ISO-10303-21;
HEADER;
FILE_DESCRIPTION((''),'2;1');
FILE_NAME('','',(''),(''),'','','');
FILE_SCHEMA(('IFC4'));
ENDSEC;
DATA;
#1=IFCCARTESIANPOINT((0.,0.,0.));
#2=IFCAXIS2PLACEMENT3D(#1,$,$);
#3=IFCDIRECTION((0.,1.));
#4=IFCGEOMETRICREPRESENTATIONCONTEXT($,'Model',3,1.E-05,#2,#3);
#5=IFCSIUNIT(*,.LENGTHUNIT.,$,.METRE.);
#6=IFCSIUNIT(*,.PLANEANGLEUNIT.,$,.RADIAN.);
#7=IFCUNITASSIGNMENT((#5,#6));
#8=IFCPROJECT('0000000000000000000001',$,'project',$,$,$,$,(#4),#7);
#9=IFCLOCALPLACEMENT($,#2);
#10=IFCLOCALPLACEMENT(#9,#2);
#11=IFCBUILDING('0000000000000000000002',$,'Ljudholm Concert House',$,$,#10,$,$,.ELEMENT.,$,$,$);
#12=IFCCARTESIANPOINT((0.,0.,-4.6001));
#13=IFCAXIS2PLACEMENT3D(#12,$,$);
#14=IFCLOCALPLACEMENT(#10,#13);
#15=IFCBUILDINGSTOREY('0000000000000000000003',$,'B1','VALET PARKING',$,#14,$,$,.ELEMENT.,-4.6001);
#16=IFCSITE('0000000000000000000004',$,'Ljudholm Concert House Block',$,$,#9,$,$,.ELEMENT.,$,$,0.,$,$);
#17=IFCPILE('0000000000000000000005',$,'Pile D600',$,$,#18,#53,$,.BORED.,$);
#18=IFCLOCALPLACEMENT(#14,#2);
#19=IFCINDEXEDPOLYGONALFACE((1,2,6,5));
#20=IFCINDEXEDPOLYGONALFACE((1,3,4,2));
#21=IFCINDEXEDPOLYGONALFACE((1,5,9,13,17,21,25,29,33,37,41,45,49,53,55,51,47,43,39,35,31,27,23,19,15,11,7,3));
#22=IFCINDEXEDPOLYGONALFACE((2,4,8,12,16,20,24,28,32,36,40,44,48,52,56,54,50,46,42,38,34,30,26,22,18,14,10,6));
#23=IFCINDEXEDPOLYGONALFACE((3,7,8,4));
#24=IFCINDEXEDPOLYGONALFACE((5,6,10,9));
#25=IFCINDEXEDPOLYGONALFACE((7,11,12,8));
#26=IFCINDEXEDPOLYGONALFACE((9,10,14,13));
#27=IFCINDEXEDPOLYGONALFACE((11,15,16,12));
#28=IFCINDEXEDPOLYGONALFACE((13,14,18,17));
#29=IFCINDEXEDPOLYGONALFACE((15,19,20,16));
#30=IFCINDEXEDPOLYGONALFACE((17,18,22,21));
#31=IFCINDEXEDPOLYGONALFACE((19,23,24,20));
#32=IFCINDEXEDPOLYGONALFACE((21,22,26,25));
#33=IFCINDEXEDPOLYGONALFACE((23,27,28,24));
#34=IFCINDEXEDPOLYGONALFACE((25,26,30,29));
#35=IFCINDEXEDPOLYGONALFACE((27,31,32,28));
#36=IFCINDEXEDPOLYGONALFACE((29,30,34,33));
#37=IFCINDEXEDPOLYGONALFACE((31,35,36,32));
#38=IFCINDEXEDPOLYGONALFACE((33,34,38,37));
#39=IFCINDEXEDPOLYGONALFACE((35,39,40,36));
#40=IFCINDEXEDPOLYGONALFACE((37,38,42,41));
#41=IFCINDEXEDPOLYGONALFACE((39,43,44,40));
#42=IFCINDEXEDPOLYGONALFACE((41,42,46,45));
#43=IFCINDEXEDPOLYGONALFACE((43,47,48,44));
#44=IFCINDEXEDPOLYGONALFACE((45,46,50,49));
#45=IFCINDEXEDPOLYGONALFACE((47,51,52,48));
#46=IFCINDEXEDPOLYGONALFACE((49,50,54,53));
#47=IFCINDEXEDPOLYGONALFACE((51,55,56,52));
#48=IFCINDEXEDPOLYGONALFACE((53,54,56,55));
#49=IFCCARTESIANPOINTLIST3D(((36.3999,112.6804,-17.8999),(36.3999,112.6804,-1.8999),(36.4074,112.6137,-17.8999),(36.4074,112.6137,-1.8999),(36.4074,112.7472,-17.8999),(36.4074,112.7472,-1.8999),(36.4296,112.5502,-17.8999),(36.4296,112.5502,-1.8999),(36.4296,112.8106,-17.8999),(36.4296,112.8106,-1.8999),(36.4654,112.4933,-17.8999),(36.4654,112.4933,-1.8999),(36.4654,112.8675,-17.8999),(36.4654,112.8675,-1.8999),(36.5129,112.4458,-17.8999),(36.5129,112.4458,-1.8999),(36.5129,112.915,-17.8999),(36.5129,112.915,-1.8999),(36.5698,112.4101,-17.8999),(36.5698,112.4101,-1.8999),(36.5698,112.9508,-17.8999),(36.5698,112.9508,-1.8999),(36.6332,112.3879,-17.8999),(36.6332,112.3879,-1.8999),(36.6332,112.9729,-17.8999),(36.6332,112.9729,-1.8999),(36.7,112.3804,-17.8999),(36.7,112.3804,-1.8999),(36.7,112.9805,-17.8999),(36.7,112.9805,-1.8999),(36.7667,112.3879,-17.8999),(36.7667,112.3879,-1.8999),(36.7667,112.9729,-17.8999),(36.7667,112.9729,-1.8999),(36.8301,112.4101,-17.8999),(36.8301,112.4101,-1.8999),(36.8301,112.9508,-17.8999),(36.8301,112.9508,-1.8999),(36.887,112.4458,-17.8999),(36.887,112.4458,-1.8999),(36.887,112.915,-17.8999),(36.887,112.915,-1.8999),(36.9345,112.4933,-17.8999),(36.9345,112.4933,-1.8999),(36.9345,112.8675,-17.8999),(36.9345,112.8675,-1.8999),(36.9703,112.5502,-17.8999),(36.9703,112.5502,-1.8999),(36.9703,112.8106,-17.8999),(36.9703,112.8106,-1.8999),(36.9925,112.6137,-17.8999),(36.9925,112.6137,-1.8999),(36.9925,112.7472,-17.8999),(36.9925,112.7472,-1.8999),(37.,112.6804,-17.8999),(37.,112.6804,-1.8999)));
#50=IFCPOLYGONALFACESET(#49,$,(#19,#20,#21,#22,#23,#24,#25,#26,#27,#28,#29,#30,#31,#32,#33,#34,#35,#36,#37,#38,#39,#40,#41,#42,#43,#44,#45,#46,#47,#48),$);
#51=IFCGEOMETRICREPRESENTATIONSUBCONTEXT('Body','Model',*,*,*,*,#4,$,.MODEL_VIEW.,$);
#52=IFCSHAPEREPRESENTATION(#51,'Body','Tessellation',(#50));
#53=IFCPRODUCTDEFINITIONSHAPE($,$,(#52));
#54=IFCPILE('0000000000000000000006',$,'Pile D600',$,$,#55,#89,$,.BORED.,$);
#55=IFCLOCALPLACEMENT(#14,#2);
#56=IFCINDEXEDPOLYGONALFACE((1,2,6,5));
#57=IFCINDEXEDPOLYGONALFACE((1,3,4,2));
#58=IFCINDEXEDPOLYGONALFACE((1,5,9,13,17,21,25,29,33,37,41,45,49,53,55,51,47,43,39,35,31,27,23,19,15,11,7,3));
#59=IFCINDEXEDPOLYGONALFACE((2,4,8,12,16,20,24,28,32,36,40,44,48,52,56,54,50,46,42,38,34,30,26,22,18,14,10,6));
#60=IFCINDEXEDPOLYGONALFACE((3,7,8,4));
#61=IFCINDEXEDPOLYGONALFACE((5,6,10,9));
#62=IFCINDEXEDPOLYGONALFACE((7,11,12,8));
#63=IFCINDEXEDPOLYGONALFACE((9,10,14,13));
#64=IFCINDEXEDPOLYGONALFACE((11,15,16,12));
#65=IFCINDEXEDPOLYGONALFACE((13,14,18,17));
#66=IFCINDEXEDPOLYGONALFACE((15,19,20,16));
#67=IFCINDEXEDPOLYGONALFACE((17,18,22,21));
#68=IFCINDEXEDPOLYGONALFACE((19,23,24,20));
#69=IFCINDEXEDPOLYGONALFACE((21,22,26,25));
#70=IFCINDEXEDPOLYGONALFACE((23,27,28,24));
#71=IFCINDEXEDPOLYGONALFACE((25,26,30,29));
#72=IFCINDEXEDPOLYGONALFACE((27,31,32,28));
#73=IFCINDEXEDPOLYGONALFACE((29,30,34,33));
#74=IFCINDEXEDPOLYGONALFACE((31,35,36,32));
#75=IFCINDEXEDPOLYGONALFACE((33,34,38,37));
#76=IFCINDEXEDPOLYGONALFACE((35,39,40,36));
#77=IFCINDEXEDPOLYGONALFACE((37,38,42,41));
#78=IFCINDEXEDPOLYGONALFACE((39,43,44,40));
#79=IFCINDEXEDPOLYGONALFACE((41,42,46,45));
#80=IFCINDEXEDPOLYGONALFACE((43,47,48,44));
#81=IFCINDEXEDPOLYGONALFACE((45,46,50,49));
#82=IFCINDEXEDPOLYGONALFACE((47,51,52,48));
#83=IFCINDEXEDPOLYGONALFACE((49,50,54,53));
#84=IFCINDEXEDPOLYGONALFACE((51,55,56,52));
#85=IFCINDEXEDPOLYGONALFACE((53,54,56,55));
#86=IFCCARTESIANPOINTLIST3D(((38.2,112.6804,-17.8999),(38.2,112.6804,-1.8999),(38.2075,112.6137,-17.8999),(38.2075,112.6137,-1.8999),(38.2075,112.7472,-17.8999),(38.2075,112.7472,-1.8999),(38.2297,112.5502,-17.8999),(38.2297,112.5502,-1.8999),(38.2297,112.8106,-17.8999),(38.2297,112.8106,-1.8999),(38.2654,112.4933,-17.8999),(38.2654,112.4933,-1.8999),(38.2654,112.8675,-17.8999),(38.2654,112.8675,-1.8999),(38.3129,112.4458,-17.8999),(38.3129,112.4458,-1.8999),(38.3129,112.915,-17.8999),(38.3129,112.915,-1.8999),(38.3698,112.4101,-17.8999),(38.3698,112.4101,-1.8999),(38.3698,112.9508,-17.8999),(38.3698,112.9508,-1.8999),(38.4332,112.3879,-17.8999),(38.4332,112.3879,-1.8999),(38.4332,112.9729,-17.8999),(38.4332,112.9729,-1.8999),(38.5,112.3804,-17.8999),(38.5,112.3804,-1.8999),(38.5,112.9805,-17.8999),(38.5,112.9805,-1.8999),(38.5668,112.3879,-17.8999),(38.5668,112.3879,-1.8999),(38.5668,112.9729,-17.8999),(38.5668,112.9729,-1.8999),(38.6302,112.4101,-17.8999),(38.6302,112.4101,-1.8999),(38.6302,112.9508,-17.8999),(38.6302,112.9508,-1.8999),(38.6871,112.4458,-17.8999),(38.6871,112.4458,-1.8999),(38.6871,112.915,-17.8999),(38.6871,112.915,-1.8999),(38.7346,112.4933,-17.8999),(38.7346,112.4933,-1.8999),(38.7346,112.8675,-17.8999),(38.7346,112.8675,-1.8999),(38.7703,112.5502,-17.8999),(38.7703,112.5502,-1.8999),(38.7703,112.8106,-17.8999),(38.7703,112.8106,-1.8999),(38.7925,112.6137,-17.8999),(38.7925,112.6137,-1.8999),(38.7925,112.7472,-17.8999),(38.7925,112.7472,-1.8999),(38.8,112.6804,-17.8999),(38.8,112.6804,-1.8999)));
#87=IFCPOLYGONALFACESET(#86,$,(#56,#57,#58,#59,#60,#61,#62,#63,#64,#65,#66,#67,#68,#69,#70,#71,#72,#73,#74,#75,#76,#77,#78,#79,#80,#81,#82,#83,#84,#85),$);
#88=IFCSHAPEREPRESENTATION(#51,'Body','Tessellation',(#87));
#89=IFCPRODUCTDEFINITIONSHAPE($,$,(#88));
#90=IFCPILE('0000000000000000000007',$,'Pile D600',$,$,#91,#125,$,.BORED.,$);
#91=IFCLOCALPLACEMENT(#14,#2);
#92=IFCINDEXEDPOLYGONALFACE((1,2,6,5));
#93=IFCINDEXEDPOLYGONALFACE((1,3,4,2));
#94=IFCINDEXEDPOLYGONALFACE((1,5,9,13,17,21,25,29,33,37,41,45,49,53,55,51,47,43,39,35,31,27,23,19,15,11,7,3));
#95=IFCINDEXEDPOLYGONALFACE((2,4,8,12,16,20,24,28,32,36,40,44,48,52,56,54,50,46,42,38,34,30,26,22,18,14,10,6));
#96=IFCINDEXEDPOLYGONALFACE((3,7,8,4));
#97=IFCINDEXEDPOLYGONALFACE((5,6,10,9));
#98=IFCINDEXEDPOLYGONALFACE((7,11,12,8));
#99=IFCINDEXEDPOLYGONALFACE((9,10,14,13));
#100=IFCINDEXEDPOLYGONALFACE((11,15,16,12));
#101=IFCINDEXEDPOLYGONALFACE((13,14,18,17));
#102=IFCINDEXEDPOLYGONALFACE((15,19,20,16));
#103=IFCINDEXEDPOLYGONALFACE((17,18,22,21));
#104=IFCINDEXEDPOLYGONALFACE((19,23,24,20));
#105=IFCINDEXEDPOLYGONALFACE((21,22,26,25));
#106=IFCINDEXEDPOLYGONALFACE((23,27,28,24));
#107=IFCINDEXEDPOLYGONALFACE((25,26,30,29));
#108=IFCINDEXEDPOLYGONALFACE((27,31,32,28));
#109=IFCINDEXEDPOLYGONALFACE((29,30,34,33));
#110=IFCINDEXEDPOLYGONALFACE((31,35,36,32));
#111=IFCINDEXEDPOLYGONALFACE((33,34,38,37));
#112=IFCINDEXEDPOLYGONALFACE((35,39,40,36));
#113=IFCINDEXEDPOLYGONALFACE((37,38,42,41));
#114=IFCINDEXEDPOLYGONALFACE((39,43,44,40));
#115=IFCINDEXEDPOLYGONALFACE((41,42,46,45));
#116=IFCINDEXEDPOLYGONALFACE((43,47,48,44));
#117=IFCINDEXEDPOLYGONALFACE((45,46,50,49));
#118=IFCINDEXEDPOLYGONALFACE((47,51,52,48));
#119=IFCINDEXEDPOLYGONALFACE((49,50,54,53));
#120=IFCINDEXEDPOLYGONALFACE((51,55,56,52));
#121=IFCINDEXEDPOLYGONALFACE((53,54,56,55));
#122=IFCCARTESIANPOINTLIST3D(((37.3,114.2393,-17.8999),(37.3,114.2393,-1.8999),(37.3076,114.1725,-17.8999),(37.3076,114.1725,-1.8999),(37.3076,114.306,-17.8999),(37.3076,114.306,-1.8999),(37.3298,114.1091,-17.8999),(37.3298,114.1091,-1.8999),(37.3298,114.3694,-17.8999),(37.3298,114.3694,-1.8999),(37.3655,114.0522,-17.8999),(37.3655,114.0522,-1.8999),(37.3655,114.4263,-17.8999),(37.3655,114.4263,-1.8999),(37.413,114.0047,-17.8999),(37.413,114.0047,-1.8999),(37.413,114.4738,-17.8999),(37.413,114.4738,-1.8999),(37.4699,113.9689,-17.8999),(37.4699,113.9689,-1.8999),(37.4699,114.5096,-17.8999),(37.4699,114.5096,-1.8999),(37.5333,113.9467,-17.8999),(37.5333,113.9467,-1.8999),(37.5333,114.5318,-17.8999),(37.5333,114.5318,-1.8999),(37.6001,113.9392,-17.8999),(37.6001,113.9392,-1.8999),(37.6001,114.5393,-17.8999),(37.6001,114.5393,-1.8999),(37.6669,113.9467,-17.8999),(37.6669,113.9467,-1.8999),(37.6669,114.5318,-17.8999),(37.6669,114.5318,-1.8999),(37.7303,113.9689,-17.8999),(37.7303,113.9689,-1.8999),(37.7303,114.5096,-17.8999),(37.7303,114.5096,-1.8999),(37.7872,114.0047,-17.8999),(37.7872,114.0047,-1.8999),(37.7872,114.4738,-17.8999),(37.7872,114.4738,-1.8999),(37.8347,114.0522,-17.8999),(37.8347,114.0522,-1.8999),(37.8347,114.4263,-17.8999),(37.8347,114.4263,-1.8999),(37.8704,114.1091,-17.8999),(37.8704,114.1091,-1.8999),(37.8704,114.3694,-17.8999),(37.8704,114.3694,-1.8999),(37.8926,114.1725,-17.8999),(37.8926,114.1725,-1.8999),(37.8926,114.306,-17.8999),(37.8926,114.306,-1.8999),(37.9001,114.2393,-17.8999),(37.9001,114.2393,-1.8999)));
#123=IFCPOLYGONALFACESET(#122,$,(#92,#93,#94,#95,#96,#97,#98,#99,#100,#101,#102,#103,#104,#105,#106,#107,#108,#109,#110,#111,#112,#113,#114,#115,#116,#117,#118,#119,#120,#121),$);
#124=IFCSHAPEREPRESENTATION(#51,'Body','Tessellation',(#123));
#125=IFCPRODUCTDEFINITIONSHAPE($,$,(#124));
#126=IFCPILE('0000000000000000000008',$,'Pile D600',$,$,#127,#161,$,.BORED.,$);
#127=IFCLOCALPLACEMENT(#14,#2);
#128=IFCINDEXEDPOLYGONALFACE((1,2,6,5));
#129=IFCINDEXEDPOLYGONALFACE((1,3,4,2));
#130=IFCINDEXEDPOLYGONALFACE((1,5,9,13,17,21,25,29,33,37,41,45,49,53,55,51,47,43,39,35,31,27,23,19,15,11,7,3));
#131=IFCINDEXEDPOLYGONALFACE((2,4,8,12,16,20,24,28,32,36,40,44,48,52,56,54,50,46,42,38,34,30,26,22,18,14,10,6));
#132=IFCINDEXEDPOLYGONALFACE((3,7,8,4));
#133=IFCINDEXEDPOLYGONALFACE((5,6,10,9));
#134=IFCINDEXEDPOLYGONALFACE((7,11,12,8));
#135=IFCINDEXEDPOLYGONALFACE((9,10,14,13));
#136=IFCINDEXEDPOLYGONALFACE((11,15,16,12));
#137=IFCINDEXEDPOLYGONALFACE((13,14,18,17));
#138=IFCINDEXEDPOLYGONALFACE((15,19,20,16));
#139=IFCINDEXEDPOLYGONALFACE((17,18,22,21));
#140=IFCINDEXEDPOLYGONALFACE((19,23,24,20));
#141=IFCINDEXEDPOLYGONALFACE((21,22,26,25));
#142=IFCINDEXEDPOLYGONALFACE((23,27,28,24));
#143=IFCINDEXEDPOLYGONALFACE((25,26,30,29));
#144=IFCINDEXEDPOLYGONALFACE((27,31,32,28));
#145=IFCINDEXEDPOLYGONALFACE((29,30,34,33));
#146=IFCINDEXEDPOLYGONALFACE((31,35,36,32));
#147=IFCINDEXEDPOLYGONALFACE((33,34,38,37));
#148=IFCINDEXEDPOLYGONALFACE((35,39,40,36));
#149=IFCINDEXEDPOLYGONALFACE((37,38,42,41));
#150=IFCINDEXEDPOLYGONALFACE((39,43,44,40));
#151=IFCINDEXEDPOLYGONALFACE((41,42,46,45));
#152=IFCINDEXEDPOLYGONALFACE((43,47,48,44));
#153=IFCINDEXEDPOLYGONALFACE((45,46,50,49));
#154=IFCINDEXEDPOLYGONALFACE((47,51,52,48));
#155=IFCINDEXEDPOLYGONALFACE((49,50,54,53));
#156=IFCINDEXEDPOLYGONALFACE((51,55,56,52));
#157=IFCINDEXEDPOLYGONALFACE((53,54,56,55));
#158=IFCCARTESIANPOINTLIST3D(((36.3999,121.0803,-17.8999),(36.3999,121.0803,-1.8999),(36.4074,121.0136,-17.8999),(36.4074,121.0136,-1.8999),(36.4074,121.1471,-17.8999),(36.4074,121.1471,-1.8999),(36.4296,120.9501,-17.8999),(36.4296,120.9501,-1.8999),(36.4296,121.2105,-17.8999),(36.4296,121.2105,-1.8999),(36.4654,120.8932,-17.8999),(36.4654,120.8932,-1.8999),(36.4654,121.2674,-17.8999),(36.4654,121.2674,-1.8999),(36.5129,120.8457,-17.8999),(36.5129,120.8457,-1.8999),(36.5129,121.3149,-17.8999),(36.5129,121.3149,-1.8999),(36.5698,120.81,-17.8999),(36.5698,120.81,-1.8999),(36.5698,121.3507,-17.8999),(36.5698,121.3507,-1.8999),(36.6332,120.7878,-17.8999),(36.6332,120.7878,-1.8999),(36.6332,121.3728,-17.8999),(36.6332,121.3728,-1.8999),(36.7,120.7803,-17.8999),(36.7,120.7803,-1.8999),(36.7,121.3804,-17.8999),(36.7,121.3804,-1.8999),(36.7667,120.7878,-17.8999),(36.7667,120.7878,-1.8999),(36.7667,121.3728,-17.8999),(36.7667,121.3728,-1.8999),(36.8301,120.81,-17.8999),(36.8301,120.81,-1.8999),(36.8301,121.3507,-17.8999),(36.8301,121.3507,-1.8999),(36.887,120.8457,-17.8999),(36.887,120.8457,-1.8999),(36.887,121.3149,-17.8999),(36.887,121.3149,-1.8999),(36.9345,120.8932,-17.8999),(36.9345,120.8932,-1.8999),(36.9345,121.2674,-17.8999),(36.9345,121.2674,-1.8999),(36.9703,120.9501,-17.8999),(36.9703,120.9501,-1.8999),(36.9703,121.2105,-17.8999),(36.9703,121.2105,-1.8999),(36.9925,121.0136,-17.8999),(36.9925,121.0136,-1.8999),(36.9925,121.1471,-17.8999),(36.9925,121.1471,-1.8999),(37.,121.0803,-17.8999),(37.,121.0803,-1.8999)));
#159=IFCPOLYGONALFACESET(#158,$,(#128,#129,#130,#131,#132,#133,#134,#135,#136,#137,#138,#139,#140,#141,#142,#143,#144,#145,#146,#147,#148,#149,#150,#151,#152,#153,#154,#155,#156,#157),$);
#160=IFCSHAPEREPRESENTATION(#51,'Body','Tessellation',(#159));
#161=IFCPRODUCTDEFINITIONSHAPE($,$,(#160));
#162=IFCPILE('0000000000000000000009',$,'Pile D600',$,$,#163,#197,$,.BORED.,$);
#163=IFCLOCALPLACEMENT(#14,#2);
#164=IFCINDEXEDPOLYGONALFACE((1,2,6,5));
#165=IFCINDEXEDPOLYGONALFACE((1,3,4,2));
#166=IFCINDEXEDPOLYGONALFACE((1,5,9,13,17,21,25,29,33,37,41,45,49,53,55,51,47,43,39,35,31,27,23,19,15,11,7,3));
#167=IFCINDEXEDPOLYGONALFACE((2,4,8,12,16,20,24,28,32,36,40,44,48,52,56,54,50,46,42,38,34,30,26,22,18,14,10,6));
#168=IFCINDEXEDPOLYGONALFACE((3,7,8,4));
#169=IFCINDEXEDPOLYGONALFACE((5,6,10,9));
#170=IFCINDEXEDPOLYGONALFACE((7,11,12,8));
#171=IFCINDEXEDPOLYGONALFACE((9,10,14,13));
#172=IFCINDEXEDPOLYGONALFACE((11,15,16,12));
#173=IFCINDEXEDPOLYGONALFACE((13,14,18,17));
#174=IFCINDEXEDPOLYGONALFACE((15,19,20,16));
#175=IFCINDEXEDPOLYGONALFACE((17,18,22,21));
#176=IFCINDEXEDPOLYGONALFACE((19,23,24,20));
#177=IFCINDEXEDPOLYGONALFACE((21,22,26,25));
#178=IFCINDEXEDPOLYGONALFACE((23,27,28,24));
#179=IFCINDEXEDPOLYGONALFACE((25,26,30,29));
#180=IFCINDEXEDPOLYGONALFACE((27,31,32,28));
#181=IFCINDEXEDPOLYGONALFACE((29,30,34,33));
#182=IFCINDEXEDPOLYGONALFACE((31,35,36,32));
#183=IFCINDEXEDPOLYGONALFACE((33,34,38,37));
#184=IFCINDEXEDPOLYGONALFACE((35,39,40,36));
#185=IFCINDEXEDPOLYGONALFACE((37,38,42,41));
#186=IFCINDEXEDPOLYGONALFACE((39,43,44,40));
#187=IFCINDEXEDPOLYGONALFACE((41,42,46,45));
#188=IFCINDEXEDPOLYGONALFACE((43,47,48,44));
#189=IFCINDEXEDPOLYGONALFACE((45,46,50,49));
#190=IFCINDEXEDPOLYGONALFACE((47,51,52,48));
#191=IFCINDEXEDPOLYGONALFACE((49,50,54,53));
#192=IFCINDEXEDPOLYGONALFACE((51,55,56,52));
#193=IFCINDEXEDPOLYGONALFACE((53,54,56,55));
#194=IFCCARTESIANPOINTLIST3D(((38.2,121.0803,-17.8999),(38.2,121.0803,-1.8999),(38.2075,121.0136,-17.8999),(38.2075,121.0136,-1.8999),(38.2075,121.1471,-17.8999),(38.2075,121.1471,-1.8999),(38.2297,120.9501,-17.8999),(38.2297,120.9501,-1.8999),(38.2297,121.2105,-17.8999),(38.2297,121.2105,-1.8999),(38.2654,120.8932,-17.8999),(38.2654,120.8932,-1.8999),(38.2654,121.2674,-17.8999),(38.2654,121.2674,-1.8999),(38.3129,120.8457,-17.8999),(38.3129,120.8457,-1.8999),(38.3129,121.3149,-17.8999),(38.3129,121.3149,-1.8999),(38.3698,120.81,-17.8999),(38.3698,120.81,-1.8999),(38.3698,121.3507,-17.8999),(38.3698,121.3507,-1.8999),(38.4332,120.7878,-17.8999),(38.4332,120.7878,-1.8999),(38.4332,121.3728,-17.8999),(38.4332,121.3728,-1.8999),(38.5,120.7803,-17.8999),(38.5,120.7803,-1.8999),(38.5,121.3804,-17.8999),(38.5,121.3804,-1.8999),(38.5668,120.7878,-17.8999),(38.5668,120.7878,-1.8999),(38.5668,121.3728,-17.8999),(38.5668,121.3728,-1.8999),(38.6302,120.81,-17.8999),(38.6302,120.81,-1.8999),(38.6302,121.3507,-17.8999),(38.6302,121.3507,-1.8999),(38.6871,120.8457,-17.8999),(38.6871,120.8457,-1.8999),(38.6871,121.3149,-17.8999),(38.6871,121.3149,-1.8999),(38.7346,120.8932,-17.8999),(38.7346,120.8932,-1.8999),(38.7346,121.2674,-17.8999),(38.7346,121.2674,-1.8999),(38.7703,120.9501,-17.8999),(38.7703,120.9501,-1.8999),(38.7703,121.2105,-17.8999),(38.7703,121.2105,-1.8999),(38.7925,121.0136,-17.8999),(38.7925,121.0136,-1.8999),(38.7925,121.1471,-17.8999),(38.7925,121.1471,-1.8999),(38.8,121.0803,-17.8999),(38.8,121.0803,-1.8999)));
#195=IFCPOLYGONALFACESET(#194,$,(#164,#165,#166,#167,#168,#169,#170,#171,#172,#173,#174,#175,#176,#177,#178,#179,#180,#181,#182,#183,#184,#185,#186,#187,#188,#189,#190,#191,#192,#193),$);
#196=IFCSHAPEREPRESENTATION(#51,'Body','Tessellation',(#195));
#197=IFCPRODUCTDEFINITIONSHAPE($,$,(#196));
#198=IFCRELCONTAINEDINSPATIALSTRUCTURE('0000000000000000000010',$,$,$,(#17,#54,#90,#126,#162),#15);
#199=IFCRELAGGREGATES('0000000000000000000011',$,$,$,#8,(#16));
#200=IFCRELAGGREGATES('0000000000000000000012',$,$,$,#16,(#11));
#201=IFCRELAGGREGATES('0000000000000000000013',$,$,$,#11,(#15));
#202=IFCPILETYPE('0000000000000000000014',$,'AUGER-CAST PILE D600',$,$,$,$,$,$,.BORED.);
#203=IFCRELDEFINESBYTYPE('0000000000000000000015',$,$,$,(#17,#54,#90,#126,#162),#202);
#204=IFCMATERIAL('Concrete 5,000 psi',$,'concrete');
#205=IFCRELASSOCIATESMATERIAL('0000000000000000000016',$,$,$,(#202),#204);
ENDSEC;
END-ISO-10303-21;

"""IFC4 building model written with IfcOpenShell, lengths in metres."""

from ifc_helpers import new_model, si_unit, direction, frame, origin, origin_2d, place, context, subcontext, project, spatial, circle, extrude, material, material_profile, profile_set, type_object, element, save


model = new_model("IFC4")

# Units and contexts
model_context = context("Model", 3, precision=1e-05, world=origin(), true_north=direction((0.0, 1.0)))
body_context = subcontext(model_context, "Body", "Model", "MODEL_VIEW")
ifc_project = project(units=[si_unit("LENGTHUNIT", "METRE"), si_unit("PLANEANGLEUNIT", "RADIAN")], contexts=[model_context])

# Site, building, storey
site_placement = place(None, origin())
site = spatial("IfcSite", under=ifc_project, at=site_placement, Name="Ljudholm Concert House Block", CompositionType="ELEMENT", RefElevation=0.0)
building_placement = place(site_placement, origin())
building = spatial("IfcBuilding", under=site, at=building_placement, Name="Ljudholm Concert House", CompositionType="ELEMENT")
storey_placement = place(building_placement, frame((0.0, 0.0, -4.6001)))
storey = spatial("IfcBuildingStorey", under=building, at=storey_placement, Name="B1", Description="VALET PARKING", CompositionType="ELEMENT", Elevation=-4.6001)

# Piles
ifc_material_1 = material(Name="Concrete 5,000 psi", Category="concrete")
ifc_material_profile_1 = material_profile(ifc_material_1, circle(Radius=0.3, at=origin_2d()), Name="AUGER-CAST PILE D600")
ifc_profile_set_1 = profile_set([ifc_material_profile_1], Name="Concrete 5,000 psi")
pile_type = type_object("IfcPileType", Name="AUGER-CAST PILE D600", PredefinedType="BORED", material=ifc_profile_set_1)
for number, where, z_axis, x_axis, name in (
    (1, (36.7, 112.6804, -1.8999), (0.0, 0.0, -1.0), (1.0, 0.0, 0.0), "Pile D600"),
    (2, (38.5, 112.6804, -1.8999), (0.0, 0.0, -1.0), (1.0, 0.0, 0.0), "Pile D600"),
    (3, (37.6001, 114.2393, -1.8999), (0.0, 0.0, -1.0), (1.0, 0.0, 0.0), "Pile D600"),
    (4, (36.7, 121.0803, -1.8999), (0.0, 0.0, -1.0), (1.0, 0.0, 0.0), "Pile D600"),
    (5, (38.5, 121.0803, -1.8999), (0.0, 0.0, -1.0), (1.0, 0.0, 0.0), "Pile D600"),
):
    element("IfcPile", number, at=place(storey_placement, frame(where, z_axis=z_axis, x_axis=x_axis)), inside=storey, type_object=pile_type, Name=name, PredefinedType="BORED", context=body_context, shape_type="SweptSolid", body=[
        extrude(circle(Radius=0.3, at=origin_2d()), origin(), (0.0, 0.0, 1.0), 16.0),
    ])

save(model, "model.ifc")
